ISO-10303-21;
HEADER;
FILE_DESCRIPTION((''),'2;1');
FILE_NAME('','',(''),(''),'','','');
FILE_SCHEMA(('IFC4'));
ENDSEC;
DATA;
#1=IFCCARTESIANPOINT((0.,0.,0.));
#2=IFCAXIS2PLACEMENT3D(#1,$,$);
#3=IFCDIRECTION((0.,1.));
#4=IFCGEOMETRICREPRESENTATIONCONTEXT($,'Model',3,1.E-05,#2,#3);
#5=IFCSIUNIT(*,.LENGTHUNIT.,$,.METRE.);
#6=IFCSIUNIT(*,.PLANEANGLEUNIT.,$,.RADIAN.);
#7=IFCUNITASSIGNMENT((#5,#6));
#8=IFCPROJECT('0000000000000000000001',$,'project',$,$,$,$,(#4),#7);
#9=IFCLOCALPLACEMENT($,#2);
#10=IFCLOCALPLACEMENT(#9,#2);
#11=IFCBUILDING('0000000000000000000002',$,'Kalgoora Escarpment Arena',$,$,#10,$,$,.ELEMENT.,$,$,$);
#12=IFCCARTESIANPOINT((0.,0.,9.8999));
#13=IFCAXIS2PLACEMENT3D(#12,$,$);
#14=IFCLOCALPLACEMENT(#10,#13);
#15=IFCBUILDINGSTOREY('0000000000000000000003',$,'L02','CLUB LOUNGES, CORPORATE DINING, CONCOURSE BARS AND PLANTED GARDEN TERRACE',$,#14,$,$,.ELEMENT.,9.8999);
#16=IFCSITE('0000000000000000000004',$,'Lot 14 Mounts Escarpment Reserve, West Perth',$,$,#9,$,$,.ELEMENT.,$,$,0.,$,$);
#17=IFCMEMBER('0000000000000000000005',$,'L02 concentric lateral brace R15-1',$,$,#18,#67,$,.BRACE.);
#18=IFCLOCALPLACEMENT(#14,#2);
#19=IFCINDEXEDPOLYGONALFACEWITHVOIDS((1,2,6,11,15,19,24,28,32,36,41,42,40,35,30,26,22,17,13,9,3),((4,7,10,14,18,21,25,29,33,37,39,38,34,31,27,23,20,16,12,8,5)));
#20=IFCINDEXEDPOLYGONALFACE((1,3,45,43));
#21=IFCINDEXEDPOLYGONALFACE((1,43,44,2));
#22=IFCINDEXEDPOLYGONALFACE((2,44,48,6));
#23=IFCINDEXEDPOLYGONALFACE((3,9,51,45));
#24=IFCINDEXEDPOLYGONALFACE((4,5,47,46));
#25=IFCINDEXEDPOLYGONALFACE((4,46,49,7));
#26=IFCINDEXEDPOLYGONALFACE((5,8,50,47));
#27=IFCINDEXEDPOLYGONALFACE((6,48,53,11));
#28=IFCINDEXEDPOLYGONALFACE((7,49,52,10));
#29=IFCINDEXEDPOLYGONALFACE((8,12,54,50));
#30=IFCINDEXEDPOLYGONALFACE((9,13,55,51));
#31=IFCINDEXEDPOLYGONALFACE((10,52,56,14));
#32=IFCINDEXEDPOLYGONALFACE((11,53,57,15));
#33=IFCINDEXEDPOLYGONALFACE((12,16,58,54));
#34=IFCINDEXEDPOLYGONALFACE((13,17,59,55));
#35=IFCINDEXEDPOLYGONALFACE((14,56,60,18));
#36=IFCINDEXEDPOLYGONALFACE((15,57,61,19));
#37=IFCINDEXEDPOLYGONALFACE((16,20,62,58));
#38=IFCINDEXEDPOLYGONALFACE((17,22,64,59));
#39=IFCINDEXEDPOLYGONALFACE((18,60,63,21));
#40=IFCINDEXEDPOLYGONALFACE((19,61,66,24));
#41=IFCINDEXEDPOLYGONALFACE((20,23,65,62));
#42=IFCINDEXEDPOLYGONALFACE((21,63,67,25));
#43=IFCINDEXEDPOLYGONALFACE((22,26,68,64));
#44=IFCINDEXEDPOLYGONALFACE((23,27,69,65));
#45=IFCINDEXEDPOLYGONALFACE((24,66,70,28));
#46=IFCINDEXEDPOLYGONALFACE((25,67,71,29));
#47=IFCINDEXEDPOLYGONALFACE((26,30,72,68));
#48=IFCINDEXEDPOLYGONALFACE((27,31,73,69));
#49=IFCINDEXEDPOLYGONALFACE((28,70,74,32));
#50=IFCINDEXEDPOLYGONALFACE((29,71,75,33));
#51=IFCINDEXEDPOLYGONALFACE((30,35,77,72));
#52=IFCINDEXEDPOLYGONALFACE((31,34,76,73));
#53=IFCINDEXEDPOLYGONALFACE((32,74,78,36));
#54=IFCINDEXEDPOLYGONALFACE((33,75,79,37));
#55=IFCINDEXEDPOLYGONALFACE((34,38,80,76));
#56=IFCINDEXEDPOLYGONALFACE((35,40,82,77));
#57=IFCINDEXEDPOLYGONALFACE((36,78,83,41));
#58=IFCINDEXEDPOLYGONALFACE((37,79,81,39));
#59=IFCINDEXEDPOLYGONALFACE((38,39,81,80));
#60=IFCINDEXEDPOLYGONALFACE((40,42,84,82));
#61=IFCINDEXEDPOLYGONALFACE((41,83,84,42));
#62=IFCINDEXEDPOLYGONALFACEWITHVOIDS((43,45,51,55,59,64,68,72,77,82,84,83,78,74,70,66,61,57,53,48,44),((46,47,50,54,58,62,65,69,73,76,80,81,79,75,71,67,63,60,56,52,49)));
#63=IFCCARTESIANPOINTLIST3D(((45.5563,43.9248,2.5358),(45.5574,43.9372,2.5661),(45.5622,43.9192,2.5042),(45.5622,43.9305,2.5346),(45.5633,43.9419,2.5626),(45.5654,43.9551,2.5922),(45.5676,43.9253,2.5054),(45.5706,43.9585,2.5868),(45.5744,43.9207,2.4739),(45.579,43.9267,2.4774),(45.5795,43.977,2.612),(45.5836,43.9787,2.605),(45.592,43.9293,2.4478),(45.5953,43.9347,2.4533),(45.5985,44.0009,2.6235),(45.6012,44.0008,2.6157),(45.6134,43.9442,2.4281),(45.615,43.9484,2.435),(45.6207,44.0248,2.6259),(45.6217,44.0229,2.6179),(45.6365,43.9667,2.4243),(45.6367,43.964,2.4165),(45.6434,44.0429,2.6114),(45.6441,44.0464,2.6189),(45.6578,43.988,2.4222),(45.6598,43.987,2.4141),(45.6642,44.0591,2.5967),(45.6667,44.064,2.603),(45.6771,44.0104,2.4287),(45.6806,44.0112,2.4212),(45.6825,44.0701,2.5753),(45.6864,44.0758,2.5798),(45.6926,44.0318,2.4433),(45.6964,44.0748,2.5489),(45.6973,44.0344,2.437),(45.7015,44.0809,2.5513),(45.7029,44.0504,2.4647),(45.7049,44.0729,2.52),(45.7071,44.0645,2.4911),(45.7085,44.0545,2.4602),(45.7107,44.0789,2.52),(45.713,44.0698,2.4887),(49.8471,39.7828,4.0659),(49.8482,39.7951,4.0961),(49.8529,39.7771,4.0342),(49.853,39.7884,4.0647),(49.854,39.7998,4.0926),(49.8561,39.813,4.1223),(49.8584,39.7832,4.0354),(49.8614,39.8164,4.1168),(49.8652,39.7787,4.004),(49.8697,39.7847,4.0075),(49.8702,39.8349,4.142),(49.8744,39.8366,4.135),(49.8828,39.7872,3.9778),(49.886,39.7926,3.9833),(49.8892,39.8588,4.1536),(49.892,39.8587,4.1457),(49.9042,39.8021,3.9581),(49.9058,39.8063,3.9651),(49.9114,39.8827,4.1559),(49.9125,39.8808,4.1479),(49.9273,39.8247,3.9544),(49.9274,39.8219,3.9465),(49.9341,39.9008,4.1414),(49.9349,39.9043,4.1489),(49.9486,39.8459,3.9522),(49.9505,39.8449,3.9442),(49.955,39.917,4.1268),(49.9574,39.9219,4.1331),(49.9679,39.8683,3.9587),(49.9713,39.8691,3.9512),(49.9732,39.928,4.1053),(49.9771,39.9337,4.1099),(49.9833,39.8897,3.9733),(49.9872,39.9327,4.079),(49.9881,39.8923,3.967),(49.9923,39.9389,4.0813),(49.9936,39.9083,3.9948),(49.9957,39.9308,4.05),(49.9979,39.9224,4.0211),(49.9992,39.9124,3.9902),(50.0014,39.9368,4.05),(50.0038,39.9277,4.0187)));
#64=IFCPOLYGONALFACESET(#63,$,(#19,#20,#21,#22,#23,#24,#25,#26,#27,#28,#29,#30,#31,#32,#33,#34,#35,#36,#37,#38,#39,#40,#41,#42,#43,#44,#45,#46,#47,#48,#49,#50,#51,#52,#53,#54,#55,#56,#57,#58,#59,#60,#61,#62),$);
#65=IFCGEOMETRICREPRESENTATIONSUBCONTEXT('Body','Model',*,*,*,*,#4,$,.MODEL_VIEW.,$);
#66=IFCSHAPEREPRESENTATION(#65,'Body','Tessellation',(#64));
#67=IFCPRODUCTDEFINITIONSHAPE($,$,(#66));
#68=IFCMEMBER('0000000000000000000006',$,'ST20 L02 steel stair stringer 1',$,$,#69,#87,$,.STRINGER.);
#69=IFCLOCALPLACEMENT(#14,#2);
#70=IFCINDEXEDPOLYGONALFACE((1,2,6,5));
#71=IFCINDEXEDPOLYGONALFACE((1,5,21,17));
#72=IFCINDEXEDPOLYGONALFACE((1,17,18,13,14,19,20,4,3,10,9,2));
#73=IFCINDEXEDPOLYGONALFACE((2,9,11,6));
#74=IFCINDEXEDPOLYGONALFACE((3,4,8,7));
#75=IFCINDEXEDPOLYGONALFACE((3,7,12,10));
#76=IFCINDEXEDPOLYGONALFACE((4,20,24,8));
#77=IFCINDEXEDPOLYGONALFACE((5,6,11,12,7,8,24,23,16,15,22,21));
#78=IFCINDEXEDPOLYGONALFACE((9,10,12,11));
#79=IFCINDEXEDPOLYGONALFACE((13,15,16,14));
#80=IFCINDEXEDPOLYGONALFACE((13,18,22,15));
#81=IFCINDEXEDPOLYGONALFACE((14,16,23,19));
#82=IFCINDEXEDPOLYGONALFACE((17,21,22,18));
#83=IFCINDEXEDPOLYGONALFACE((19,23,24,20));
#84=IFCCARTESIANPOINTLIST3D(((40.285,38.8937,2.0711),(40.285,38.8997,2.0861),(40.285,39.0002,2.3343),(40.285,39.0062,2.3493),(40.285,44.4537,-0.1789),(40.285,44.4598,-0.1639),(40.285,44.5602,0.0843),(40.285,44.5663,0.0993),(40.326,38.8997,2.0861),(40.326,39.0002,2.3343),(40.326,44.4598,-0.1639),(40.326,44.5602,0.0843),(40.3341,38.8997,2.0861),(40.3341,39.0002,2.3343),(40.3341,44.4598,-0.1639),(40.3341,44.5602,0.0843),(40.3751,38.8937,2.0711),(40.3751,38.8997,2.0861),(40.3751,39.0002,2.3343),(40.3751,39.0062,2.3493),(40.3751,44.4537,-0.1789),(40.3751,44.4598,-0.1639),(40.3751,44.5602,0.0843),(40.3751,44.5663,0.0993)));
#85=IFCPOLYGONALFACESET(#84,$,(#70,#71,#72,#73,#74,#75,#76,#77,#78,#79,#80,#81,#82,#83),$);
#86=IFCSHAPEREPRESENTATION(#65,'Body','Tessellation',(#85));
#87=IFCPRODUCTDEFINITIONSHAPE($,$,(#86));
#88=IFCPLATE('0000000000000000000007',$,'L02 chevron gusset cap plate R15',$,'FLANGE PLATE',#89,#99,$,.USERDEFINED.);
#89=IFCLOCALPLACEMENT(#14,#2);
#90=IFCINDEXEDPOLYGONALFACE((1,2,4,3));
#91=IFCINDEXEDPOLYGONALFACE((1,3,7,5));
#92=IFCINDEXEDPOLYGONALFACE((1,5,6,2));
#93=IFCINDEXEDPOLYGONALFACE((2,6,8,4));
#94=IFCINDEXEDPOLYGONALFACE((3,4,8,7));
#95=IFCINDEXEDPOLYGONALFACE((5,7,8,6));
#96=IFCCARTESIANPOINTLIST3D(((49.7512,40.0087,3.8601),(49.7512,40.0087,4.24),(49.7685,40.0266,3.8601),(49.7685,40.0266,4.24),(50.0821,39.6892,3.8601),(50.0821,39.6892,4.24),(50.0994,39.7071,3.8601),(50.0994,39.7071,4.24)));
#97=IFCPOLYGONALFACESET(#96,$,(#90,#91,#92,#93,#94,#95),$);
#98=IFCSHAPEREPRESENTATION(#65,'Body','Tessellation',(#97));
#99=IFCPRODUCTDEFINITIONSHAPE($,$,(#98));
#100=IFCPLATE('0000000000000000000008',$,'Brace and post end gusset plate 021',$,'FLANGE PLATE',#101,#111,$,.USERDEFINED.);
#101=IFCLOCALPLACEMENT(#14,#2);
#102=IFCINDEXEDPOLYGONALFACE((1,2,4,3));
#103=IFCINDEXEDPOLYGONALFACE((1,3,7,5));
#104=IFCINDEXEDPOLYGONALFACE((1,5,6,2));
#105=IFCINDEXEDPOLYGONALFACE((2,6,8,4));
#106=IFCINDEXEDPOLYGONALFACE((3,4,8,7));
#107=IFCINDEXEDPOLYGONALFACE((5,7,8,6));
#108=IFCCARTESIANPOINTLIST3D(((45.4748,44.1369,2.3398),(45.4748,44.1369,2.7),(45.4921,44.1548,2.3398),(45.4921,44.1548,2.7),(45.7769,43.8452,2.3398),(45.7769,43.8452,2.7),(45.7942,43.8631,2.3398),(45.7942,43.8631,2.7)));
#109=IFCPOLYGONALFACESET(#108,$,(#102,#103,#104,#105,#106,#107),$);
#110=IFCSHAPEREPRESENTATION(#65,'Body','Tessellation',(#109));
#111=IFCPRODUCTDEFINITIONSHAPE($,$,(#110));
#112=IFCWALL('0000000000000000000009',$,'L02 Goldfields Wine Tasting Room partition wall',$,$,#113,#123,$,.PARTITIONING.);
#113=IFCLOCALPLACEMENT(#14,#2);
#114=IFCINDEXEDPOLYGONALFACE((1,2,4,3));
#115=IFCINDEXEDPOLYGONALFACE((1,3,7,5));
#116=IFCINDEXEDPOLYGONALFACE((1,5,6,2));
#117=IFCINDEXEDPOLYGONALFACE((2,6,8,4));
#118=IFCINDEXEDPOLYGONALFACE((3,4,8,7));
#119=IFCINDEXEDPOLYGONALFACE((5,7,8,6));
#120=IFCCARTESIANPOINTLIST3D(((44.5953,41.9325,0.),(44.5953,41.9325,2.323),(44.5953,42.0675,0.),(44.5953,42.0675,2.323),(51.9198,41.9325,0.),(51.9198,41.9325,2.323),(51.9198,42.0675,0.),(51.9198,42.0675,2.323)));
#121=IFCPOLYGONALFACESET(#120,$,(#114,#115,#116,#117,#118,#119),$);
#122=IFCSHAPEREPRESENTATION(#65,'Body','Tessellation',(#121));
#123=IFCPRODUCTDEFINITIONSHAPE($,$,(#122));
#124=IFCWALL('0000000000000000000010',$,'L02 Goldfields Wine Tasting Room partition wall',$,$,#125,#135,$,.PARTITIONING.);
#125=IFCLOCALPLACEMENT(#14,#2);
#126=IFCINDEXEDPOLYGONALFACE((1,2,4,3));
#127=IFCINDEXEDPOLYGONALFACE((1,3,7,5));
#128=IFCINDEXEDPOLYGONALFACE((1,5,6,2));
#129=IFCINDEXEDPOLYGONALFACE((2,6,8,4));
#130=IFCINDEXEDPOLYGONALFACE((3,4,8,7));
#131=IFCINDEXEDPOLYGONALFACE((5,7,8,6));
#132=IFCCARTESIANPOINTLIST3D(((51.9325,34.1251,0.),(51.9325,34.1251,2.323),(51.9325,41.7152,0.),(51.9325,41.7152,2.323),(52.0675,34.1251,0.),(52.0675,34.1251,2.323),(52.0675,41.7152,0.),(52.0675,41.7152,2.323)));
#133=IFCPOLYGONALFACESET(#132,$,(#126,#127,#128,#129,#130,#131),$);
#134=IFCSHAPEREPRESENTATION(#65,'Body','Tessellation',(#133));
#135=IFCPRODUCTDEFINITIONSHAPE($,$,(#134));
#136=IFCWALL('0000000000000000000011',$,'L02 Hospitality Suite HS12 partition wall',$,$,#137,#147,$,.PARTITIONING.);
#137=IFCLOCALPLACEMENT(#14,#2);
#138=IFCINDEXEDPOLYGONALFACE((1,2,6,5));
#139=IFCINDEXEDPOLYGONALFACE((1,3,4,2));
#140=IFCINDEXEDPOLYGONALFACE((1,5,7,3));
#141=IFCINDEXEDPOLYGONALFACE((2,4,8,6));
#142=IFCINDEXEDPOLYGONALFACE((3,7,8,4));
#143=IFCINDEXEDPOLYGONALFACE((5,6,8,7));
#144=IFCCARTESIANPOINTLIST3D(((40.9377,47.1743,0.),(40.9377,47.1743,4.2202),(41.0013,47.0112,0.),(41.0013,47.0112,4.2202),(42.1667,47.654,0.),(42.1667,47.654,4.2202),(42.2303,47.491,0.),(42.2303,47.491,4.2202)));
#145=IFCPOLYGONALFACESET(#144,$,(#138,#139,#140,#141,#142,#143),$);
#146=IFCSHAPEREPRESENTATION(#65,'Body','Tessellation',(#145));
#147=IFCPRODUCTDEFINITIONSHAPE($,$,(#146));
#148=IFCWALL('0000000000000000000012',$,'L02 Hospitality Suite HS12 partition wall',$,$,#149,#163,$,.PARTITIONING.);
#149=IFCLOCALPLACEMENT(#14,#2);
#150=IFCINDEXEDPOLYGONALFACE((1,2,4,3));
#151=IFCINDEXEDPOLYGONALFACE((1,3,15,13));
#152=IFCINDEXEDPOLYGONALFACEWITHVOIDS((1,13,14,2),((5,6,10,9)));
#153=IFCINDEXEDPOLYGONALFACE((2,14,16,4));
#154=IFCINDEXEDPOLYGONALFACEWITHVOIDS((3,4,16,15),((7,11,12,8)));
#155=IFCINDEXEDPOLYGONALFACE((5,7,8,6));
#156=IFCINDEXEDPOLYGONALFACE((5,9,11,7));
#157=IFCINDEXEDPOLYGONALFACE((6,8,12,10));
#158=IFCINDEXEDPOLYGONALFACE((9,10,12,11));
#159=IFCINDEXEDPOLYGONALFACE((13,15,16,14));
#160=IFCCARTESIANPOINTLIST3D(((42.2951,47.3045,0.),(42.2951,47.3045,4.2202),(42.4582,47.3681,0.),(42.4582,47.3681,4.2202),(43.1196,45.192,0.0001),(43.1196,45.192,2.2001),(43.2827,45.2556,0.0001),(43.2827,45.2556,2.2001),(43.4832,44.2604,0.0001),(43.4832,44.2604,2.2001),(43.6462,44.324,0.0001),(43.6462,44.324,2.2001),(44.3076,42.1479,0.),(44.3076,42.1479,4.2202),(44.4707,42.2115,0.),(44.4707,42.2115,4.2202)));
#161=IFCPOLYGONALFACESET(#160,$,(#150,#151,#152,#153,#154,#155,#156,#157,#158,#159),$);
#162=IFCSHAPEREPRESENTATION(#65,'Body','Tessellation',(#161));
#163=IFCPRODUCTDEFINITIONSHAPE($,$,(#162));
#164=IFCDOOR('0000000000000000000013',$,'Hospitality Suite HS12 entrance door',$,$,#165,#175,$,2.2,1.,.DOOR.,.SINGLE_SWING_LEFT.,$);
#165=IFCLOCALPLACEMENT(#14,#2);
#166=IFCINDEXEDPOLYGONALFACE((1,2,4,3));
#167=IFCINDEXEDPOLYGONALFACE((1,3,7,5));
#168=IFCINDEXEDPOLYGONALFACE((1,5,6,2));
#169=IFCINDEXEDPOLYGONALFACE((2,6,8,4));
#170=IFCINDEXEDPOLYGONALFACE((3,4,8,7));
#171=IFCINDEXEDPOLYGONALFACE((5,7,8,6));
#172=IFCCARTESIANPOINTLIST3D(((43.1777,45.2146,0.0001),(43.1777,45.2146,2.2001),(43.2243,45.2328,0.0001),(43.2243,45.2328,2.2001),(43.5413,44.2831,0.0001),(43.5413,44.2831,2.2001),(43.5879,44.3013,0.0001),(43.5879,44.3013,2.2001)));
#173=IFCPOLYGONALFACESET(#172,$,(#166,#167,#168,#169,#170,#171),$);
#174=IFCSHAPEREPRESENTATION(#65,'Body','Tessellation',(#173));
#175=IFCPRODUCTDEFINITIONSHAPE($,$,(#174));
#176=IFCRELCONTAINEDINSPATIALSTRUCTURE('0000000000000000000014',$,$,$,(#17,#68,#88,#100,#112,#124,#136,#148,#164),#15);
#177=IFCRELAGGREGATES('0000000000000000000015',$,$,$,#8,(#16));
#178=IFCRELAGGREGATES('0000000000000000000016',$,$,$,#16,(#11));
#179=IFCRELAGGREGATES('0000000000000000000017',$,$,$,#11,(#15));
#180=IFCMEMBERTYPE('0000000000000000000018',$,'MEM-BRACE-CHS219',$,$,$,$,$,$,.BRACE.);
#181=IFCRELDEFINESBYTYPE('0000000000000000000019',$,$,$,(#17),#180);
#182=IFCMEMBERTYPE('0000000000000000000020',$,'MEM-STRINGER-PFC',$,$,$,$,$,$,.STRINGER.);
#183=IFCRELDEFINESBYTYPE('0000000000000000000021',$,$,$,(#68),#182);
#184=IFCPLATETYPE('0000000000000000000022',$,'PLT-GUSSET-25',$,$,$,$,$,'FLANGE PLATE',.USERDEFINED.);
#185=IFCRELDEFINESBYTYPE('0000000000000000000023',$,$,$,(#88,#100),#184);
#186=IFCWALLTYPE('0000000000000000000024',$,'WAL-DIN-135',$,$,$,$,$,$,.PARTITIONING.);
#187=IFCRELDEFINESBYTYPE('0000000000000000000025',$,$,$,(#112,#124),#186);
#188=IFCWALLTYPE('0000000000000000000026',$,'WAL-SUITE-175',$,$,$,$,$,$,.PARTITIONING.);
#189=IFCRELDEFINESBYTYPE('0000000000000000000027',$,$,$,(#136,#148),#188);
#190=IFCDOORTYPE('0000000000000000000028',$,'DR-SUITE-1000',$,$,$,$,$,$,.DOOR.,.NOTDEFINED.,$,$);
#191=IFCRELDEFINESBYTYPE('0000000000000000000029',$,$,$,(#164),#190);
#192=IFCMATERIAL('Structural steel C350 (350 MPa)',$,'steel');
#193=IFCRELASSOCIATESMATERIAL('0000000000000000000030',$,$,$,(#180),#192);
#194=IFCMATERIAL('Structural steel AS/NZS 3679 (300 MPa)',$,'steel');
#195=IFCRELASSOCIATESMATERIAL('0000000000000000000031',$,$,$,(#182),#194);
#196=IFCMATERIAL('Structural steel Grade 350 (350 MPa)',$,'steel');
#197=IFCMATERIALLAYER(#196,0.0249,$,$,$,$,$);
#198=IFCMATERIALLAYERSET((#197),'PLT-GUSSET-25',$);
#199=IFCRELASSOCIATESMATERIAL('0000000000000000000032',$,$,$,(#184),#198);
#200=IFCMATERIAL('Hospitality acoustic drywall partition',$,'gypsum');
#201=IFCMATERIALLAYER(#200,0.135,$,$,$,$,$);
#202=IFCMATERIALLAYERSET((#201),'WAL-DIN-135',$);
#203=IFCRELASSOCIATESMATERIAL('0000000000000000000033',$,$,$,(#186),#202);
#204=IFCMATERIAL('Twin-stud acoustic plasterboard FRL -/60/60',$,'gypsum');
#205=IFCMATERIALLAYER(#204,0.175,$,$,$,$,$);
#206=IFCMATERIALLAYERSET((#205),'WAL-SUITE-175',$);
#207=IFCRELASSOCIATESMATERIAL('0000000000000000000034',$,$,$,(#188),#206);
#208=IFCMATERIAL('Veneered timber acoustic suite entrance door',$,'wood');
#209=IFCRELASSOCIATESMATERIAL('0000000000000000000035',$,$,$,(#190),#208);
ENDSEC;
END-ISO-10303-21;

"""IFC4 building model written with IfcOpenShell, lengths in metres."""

from ifc_helpers import new_model, si_unit, direction, frame, frame_2d, origin, origin_2d, place, context, subcontext, project, spatial, rectangle, hollow_circle, i_section, extrude, material, layer, layer_set, material_profile, profile_set, type_object, element, fill, save


model = new_model("IFC4")

# Units and contexts
model_context = context("Model", 3, precision=1e-05, world=origin(), true_north=direction((0.0, 1.0)))
body_context = subcontext(model_context, "Body", "Model", "MODEL_VIEW")
ifc_project = project(units=[si_unit("LENGTHUNIT", "METRE"), si_unit("PLANEANGLEUNIT", "RADIAN")], contexts=[model_context])

# Site, building, storey
site_placement = place(None, origin())
site = spatial("IfcSite", under=ifc_project, at=site_placement, Name="Lot 14 Mounts Escarpment Reserve, West Perth", CompositionType="ELEMENT", RefElevation=0.0)
building_placement = place(site_placement, origin())
building = spatial("IfcBuilding", under=site, at=building_placement, Name="Kalgoora Escarpment Arena", CompositionType="ELEMENT")
storey_placement = place(building_placement, frame((0.0, 0.0, 9.8999)))
storey = spatial("IfcBuildingStorey", under=building, at=storey_placement, Name="L02", Description="CLUB LOUNGES, CORPORATE DINING, CONCOURSE BARS AND PLANTED GARDEN TERRACE", CompositionType="ELEMENT", Elevation=9.8999)

# Members
ifc_material_1 = material(Name="Structural steel C350 (350 MPa)", Category="steel")
ifc_material_profile_1 = material_profile(ifc_material_1, hollow_circle(Radius=0.1096, WallThickness=0.0083, at=origin_2d()))
ifc_profile_set_1 = profile_set([ifc_material_profile_1], Name="Structural steel C350 (350 MPa)")
member_type_1 = type_object("IfcMemberType", Name="MEM-BRACE-CHS219", PredefinedType="BRACE", material=ifc_profile_set_1)
member_1_placement = place(storey_placement, frame((45.6345, 44.0, 2.52), z_axis=(0.696893, -0.672745, 0.248503), x_axis=(0.694532, 0.719462, 0.0)))
element("IfcMember", 1, at=member_1_placement, inside=storey, type_object=member_type_1, Name="L02 concentric lateral brace R15-1", PredefinedType="BRACE", context=body_context, shape_type="SweptSolid", body=[
    extrude(hollow_circle(Radius=0.1096, WallThickness=0.0083, at=origin_2d()), origin(), (0.0, 0.0, 1.0), 6.157),
])
ifc_material_2 = material(Name="Structural steel AS/NZS 3679 (300 MPa)", Category="steel")
ifc_material_profile_2 = material_profile(ifc_material_2, i_section(OverallWidth=0.0901, OverallDepth=0.3, WebThickness=0.0081, FlangeThickness=0.0161, at=origin_2d()))
ifc_profile_set_2 = profile_set([ifc_material_profile_2], Name="Structural steel AS/NZS 3679 (300 MPa)")
member_type_2 = type_object("IfcMemberType", Name="MEM-STRINGER-PFC", PredefinedType="STRINGER", material=ifc_profile_set_2)
member_2_placement = place(storey_placement, frame((40.3301, 44.51, -0.0398), z_axis=(0.0, -0.926976, 0.375121), x_axis=(1.0, 0.0, 0.0)))
element("IfcMember", 2, at=member_2_placement, inside=storey, type_object=member_type_2, Name="ST20 L02 steel stair stringer 1", PredefinedType="STRINGER", context=body_context, shape_type="SweptSolid", body=[
    extrude(i_section(OverallWidth=0.0901, OverallDepth=0.3, WebThickness=0.0081, FlangeThickness=0.0161, at=origin_2d()), origin(), (0.0, 0.0, 1.0), 5.998),
])

# Plates
ifc_material_3 = material(Name="Structural steel Grade 350 (350 MPa)", Category="steel")
ifc_layer_1 = layer(ifc_material_3, 0.0249)
ifc_layer_set_1 = layer_set([ifc_layer_1], Name="PLT-GUSSET-25")
plate_type = type_object("IfcPlateType", Name="PLT-GUSSET-25", ElementType="FLANGE PLATE", PredefinedType="USERDEFINED", material=ifc_layer_set_1)
plate_1_placement = place(storey_placement, frame((49.9253, 39.8579, 3.8601), z_axis=(0.0, 0.0, 1.0), x_axis=(0.719461, -0.694533, 0.0)))
element("IfcPlate", 3, at=plate_1_placement, inside=storey, type_object=plate_type, Name="L02 chevron gusset cap plate R15", ObjectType="FLANGE PLATE", PredefinedType="USERDEFINED", context=body_context, shape_type="SweptSolid", body=[
    extrude(rectangle(XDim=0.46, YDim=0.0249, at=origin_2d()), origin(), (0.0, 0.0, 1.0), 0.3799),
])
plate_2_placement = place(storey_placement, frame((45.6345, 44.0, 2.3398), z_axis=(0.0, 0.0, 1.0), x_axis=(0.71934, -0.694658, 0.0)))
element("IfcPlate", 4, at=plate_2_placement, inside=storey, type_object=plate_type, Name="Brace and post end gusset plate 021", ObjectType="FLANGE PLATE", PredefinedType="USERDEFINED", context=body_context, shape_type="SweptSolid", body=[
    extrude(rectangle(XDim=0.4199, YDim=0.0249, at=origin_2d()), origin(), (0.0, 0.0, 1.0), 0.3601),
])

# Walls
ifc_material_4 = material(Name="Hospitality acoustic drywall partition", Category="gypsum")
ifc_layer_2 = layer(ifc_material_4, 0.135)
ifc_layer_set_2 = layer_set([ifc_layer_2], Name="WAL-DIN-135")
wall_type_1 = type_object("IfcWallType", Name="WAL-DIN-135", PredefinedType="PARTITIONING", material=ifc_layer_set_2)
wall_1_placement = place(storey_placement, frame((44.5955, 42.0, 0.0), z_axis=(0.0, 0.0, 1.0), x_axis=(1.0, 0.0, 0.0)))
element("IfcWall", 5, at=wall_1_placement, inside=storey, type_object=wall_type_1, Name="L02 Goldfields Wine Tasting Room partition wall", PredefinedType="PARTITIONING", context=body_context, shape_type="SweptSolid", body=[
    extrude(rectangle(XDim=7.3245, YDim=0.135, at=frame_2d((3.6621, 0.0))), origin(), (0.0, 0.0, 1.0), 2.323),
])
wall_2_placement = place(storey_placement, frame((52.0, 41.7151, 0.0), z_axis=(0.0, 0.0, 1.0), x_axis=(0.0, -1.0, 0.0)))
element("IfcWall", 6, at=wall_2_placement, inside=storey, type_object=wall_type_1, Name="L02 Goldfields Wine Tasting Room partition wall", PredefinedType="PARTITIONING", context=body_context, shape_type="SweptSolid", body=[
    extrude(rectangle(XDim=7.5901, YDim=0.135, at=frame_2d((3.7949, 0.0))), origin(), (0.0, 0.0, 1.0), 2.323),
])
ifc_material_5 = material(Name="Twin-stud acoustic plasterboard FRL -/60/60", Category="gypsum")
ifc_layer_3 = layer(ifc_material_5, 0.175)
ifc_layer_set_3 = layer_set([ifc_layer_3], Name="WAL-SUITE-175")
wall_type_2 = type_object("IfcWallType", Name="WAL-SUITE-175", PredefinedType="PARTITIONING", material=ifc_layer_set_3)
wall_3_placement = place(storey_placement, frame((40.9695, 47.0928, 0.0), z_axis=(0.0, 0.0, 1.0), x_axis=(0.931546, 0.363625, 0.0)))
element("IfcWall", 7, at=wall_3_placement, inside=storey, type_object=wall_type_2, Name="L02 Hospitality Suite HS12 partition wall", PredefinedType="PARTITIONING", context=body_context, shape_type="SweptSolid", body=[
    extrude(rectangle(XDim=1.3193, YDim=0.175, at=frame_2d((0.6597, 0.0))), origin(), (0.0, 0.0, 1.0), 4.2202),
])

# Wall, opening, door
wall_4_placement = place(storey_placement, frame((42.3767, 47.3362, 0.0), z_axis=(0.0, 0.0, 1.0), x_axis=(0.363568, -0.931568, 0.0)))
wall_4 = element("IfcWall", 8, at=wall_4_placement, inside=storey, type_object=wall_type_2, Name="L02 Hospitality Suite HS12 partition wall", PredefinedType="PARTITIONING", context=body_context, shape_type="SweptSolid", body=[
    extrude(rectangle(XDim=5.5354, YDim=0.175, at=frame_2d((2.7676, 0.0))), origin(), (0.0, 0.0, 1.0), 4.2202),
])
opening_placement = place(wall_4_placement, frame((2.2676, 0.0, 0.0)))
opening = element("IfcOpeningElement", 9, at=opening_placement, cuts=wall_4, PredefinedType="OPENING", context=body_context, shape_type="SweptSolid", body=[
    extrude(rectangle(XDim=1.0, YDim=2.2, at=frame_2d((0.5, 1.1001))), frame((0.0, 0.0974, 0.0), z_axis=(0.0, -1.0, 0.0), x_axis=(1.0, 0.0, 0.0)), (0.0, 0.0, 1.0), 0.1951),
])
ifc_material_6 = material(Name="Veneered timber acoustic suite entrance door", Category="wood")
door_type = type_object("IfcDoorType", Name="DR-SUITE-1000", OperationType="NOTDEFINED", PredefinedType="DOOR", material=ifc_material_6)
door_placement = place(opening_placement, origin())
door = element("IfcDoor", 10, at=door_placement, inside=storey, type_object=door_type, Name="Hospitality Suite HS12 entrance door", OperationType="SINGLE_SWING_LEFT", OverallHeight=2.2, OverallWidth=1.0, PredefinedType="DOOR", context=body_context, shape_type="SweptSolid", body=[
    extrude(rectangle(XDim=1.0, YDim=2.2, at=frame_2d((0.5, 1.1001))), frame((0.0, 0.0249, 0.0), z_axis=(0.0, -1.0, 0.0), x_axis=(1.0, 0.0, 0.0)), (0.0, 0.0, 1.0), 0.05),
])
fill(opening, door)

save(model, "model.ifc")
